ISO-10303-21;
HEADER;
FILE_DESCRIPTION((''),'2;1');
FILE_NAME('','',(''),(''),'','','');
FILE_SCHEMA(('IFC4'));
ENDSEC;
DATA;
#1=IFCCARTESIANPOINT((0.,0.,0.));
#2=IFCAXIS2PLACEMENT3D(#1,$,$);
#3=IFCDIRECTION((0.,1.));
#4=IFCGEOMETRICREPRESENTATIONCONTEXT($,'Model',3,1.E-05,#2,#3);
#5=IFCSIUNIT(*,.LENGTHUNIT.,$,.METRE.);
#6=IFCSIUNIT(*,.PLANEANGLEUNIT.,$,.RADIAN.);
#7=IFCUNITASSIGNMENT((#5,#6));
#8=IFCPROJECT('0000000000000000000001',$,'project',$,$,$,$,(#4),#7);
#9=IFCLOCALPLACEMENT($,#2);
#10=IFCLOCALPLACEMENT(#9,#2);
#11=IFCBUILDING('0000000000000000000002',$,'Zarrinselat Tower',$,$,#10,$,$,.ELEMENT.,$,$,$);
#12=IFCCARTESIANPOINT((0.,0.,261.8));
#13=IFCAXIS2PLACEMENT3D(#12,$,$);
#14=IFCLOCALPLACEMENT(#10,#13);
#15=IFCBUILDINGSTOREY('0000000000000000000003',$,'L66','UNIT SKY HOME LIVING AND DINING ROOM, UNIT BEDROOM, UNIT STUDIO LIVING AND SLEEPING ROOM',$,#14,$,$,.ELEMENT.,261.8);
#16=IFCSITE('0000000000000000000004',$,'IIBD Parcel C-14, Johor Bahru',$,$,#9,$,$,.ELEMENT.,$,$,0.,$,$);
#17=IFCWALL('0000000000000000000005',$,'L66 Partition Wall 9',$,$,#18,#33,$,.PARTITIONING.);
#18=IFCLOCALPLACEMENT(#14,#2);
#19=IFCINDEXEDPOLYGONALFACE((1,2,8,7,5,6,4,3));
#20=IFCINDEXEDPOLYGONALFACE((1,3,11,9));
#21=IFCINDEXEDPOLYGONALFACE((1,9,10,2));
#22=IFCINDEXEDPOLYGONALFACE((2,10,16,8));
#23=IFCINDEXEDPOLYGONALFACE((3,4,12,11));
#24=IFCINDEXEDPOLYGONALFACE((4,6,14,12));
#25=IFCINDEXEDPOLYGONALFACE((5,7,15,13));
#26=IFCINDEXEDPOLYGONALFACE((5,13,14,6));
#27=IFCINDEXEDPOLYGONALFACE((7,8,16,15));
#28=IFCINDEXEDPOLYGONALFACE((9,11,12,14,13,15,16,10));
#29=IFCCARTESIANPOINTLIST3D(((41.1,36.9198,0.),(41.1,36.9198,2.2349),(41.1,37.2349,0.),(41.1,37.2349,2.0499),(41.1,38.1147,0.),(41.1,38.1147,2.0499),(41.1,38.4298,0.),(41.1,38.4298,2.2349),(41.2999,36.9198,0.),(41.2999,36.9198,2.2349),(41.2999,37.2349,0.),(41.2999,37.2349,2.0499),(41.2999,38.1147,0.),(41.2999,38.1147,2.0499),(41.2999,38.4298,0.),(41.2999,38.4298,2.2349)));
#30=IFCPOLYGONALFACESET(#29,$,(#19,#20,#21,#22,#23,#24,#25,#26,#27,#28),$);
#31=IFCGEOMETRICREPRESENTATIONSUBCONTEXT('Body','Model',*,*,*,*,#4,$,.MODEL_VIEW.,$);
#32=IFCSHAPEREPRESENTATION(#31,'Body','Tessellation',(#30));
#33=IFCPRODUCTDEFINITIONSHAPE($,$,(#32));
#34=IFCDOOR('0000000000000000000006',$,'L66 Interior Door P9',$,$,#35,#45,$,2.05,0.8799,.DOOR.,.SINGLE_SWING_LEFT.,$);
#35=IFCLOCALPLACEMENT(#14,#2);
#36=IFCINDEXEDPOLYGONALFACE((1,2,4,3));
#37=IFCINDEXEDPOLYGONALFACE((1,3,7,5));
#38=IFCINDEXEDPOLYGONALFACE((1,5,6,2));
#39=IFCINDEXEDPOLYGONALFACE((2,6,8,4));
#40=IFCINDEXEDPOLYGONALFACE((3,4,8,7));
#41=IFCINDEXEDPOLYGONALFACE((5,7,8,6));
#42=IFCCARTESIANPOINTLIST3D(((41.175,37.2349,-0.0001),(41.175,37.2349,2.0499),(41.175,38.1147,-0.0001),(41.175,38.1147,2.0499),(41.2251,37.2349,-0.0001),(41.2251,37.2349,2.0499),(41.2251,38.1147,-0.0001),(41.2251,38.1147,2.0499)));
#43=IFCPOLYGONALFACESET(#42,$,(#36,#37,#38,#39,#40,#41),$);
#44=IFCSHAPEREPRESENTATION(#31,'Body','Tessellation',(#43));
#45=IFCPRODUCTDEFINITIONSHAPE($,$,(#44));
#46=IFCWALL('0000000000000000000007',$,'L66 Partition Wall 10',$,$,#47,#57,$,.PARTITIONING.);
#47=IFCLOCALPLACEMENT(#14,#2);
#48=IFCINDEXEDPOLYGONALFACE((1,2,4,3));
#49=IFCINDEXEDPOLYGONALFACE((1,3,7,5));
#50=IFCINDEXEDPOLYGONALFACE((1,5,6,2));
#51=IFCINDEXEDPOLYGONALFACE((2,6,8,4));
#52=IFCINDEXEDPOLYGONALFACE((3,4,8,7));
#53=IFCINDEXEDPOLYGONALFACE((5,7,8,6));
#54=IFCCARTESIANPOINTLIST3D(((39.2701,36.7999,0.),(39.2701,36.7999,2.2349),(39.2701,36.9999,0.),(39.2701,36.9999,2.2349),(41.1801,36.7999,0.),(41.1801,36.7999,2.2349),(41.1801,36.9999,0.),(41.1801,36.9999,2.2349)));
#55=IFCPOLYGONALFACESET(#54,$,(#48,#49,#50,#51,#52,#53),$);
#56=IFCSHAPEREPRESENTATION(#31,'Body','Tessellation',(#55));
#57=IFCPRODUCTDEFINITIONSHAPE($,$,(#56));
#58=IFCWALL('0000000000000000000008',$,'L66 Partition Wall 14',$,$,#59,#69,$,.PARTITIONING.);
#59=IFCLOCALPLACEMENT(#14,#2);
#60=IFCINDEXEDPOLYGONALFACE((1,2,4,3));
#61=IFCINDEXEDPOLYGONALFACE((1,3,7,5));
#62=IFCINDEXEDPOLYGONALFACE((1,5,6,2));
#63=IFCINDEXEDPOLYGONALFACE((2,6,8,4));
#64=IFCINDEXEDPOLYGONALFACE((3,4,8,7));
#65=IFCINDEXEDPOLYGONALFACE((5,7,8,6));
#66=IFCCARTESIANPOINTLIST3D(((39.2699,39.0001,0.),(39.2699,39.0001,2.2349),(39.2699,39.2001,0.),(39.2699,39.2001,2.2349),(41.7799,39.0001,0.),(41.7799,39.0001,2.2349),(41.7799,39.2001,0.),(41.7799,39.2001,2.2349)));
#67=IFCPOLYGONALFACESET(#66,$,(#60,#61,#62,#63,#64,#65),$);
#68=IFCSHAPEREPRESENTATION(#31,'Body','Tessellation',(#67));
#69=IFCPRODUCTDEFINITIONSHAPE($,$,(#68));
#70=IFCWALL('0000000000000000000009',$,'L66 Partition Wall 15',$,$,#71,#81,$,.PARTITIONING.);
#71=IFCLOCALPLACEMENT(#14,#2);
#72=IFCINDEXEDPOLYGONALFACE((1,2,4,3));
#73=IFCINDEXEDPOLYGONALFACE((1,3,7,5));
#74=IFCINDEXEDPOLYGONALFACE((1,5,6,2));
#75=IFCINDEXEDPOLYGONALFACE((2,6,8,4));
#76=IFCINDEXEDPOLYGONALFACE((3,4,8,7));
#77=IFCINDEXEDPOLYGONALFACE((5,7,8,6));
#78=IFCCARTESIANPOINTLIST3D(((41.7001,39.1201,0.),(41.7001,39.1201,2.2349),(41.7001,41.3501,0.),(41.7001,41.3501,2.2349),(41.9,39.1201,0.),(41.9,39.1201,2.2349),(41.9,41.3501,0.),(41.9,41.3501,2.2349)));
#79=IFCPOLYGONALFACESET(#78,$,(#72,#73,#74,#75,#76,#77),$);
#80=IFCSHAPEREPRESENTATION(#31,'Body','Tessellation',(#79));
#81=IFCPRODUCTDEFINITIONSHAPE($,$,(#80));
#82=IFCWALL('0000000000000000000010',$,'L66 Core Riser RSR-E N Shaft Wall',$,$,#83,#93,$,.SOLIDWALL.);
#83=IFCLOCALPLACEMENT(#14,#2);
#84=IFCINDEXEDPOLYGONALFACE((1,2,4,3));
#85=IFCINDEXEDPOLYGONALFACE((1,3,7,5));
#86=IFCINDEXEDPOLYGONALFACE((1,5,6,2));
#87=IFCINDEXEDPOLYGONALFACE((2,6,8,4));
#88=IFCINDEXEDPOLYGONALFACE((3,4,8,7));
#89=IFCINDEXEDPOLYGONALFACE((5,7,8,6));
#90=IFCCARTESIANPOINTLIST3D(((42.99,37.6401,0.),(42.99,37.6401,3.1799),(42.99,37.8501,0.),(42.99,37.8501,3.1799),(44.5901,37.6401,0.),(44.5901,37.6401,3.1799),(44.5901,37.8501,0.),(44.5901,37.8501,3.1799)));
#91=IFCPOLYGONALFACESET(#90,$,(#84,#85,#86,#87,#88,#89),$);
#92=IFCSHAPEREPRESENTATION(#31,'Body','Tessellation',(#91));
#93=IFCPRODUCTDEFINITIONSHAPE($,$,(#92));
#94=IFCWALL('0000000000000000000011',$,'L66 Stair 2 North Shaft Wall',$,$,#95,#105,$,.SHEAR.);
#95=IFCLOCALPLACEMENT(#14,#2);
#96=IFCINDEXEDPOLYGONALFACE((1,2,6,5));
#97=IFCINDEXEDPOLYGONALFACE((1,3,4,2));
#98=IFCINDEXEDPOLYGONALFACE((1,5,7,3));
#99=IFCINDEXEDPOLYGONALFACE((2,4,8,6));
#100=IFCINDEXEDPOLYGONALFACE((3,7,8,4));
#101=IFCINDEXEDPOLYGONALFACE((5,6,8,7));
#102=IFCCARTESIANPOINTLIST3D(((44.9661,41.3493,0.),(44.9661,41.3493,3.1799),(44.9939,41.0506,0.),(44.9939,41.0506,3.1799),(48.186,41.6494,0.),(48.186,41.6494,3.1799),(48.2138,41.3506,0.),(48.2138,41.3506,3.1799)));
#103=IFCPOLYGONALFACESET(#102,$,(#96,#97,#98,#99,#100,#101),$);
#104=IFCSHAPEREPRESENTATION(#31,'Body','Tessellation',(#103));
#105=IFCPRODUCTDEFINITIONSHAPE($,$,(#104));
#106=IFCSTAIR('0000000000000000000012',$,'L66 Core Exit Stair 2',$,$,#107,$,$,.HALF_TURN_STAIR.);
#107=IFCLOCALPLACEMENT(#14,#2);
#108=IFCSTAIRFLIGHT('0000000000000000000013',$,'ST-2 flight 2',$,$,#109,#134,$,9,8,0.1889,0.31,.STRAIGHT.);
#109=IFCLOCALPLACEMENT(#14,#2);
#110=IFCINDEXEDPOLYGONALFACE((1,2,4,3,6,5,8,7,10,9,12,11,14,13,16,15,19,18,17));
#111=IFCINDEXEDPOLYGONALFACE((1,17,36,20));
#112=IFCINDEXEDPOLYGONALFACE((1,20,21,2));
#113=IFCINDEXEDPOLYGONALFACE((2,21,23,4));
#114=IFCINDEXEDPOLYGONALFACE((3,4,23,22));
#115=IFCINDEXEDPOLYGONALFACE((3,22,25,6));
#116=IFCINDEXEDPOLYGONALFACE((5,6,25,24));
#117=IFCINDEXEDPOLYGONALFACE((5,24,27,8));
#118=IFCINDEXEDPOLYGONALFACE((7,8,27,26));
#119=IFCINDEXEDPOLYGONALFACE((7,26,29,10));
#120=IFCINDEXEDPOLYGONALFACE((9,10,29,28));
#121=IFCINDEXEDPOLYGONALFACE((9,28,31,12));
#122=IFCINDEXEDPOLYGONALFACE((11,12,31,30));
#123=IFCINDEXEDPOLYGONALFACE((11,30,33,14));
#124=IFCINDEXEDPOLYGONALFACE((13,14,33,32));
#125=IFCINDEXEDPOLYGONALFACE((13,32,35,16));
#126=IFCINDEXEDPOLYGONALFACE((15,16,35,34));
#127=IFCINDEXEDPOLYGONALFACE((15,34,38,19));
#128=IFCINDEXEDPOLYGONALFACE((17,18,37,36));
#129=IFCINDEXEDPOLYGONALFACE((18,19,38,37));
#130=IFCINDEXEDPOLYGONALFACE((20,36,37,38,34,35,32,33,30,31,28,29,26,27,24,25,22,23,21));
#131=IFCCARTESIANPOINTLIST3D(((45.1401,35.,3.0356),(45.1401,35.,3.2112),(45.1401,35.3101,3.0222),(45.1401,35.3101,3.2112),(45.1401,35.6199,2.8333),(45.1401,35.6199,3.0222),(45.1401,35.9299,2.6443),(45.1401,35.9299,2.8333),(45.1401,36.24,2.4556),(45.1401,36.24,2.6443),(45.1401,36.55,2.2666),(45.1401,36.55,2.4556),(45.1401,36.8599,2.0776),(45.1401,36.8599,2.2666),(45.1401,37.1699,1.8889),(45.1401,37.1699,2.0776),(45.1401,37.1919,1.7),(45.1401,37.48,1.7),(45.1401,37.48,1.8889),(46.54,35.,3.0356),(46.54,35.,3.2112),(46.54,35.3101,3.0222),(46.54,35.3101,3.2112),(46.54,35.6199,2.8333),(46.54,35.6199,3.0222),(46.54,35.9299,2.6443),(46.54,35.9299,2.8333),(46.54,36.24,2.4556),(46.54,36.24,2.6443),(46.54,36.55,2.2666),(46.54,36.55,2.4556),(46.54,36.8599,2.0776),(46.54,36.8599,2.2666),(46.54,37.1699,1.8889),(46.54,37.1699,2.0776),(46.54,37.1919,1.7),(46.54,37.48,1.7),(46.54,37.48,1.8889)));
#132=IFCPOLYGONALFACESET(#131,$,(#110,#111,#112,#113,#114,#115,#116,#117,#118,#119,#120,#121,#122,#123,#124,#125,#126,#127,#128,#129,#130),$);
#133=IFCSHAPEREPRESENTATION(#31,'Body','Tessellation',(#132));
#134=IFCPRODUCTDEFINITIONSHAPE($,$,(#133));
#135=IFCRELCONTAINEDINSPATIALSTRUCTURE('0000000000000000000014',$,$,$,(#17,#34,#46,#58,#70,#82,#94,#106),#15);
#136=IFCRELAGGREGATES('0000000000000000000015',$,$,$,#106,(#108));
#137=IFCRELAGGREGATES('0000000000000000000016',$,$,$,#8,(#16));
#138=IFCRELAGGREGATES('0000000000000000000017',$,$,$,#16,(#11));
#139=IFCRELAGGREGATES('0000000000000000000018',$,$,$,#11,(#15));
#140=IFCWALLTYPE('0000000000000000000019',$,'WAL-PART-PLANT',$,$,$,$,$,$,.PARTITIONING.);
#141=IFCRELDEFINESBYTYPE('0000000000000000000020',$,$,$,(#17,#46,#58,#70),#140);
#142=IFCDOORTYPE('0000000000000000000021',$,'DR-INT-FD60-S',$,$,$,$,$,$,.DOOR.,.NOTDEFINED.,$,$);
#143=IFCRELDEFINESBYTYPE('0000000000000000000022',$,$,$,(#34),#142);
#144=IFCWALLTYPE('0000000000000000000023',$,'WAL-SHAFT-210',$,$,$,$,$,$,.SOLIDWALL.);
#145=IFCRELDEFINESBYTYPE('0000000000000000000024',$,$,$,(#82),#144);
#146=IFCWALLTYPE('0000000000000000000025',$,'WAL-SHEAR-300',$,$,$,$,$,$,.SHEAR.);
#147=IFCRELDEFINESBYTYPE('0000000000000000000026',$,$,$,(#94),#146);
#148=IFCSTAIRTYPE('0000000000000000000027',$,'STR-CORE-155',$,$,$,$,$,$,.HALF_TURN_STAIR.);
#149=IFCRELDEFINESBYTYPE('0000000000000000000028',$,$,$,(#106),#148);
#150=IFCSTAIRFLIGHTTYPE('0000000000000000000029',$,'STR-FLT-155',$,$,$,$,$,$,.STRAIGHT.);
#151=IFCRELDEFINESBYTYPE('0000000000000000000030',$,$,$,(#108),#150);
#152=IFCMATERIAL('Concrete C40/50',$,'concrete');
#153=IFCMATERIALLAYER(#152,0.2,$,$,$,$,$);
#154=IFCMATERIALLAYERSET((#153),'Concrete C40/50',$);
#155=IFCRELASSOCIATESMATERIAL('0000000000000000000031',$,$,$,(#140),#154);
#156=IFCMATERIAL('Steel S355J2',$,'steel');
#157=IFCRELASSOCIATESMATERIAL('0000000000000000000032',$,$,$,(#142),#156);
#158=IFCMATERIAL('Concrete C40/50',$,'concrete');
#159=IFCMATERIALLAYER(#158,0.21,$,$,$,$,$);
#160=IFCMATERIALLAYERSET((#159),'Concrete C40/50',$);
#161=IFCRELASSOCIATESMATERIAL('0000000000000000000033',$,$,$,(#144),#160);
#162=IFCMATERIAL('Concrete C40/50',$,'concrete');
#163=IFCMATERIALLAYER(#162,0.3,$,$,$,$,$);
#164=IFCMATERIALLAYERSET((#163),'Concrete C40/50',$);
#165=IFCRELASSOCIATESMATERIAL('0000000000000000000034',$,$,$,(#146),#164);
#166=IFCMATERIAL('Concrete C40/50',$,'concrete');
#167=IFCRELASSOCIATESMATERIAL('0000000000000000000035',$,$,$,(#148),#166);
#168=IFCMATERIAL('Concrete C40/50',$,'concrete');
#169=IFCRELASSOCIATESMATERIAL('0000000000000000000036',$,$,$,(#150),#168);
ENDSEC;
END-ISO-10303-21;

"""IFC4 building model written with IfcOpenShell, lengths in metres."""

from ifc_helpers import new_model, si_unit, direction, frame, frame_2d, origin, place, context, subcontext, project, spatial, polyline, rectangle, outline, extrude, material, layer, layer_set, type_object, element, fill, aggregate, save


model = new_model("IFC4")

# Units and contexts
model_context = context("Model", 3, precision=1e-05, world=origin(), true_north=direction((0.0, 1.0)))
body_context = subcontext(model_context, "Body", "Model", "MODEL_VIEW")
ifc_project = project(units=[si_unit("LENGTHUNIT", "METRE"), si_unit("PLANEANGLEUNIT", "RADIAN")], contexts=[model_context])

# Site, building, storey
site_placement = place(None, origin())
site = spatial("IfcSite", under=ifc_project, at=site_placement, Name="IIBD Parcel C-14, Johor Bahru", CompositionType="ELEMENT", RefElevation=0.0)
building_placement = place(site_placement, origin())
building = spatial("IfcBuilding", under=site, at=building_placement, Name="Zarrinselat Tower", CompositionType="ELEMENT")
storey_placement = place(building_placement, frame((0.0, 0.0, 261.8)))
storey = spatial("IfcBuildingStorey", under=building, at=storey_placement, Name="L66", Description="UNIT SKY HOME LIVING AND DINING ROOM, UNIT BEDROOM, UNIT STUDIO LIVING AND SLEEPING ROOM", CompositionType="ELEMENT", Elevation=261.8)

# Shared definitions
ifc_material_1 = material(Name="Concrete C40/50", Category="concrete")
ifc_layer_1 = layer(ifc_material_1, 0.2)
ifc_layer_set_1 = layer_set([ifc_layer_1], Name="Concrete C40/50")
wall_type_1 = type_object("IfcWallType", Name="WAL-PART-PLANT", PredefinedType="PARTITIONING", material=ifc_layer_set_1)

# Wall, opening, door
wall_1_placement = place(storey_placement, frame((41.2, 36.9199, 0.0), z_axis=(0.0, 0.0, 1.0), x_axis=(0.0, 1.0, 0.0)))
wall_1 = element("IfcWall", 1, at=wall_1_placement, inside=storey, type_object=wall_type_1, Name="L66 Partition Wall 9", PredefinedType="PARTITIONING", context=body_context, shape_type="SweptSolid", body=[
    extrude(rectangle(XDim=1.51, YDim=0.2, at=frame_2d((0.7549, 0.0))), origin(), (0.0, 0.0, 1.0), 2.2349),
])
opening_1_placement = place(wall_1_placement, frame((0.3149, 0.0, 0.0)))
opening_1 = element("IfcOpeningElement", 2, at=opening_1_placement, cuts=wall_1, PredefinedType="OPENING", context=body_context, shape_type="SweptSolid", body=[
    extrude(rectangle(XDim=0.8799, YDim=2.05, at=frame_2d((0.4399, 1.0249))), frame((0.0, 0.1099, 0.0), z_axis=(0.0, -1.0, 0.0), x_axis=(1.0, 0.0, 0.0)), (0.0, 0.0, 1.0), 0.22),
])
ifc_material_2 = material(Name="Steel S355J2", Category="steel")
door_type_1 = type_object("IfcDoorType", Name="DR-INT-FD60-S", OperationType="NOTDEFINED", PredefinedType="DOOR", material=ifc_material_2)
door_1_placement = place(opening_1_placement, origin())
door_1 = element("IfcDoor", 3, at=door_1_placement, inside=storey, type_object=door_type_1, Name="L66 Interior Door P9", OperationType="SINGLE_SWING_LEFT", OverallHeight=2.05, OverallWidth=0.8799, PredefinedType="DOOR", context=body_context, shape_type="SweptSolid", body=[
    extrude(rectangle(XDim=0.8799, YDim=2.05, at=frame_2d((0.4399, 1.0249))), frame((0.0, 0.0249, 0.0), z_axis=(0.0, -1.0, 0.0), x_axis=(1.0, 0.0, 0.0)), (0.0, 0.0, 1.0), 0.05),
])
fill(opening_1, door_1)

# Walls
wall_2_placement = place(storey_placement, frame((39.27, 36.8999, 0.0), z_axis=(0.0, 0.0, 1.0), x_axis=(1.0, 0.0, 0.0)))
element("IfcWall", 4, at=wall_2_placement, inside=storey, type_object=wall_type_1, Name="L66 Partition Wall 10", PredefinedType="PARTITIONING", context=body_context, shape_type="SweptSolid", body=[
    extrude(rectangle(XDim=1.9099, YDim=0.2, at=frame_2d((0.9551, 0.0))), origin(), (0.0, 0.0, 1.0), 2.2349),
])
wall_3_placement = place(storey_placement, frame((39.27, 39.1001, 0.0), z_axis=(0.0, 0.0, 1.0), x_axis=(1.0, 0.0, 0.0)))
element("IfcWall", 5, at=wall_3_placement, inside=storey, type_object=wall_type_1, Name="L66 Partition Wall 14", PredefinedType="PARTITIONING", context=body_context, shape_type="SweptSolid", body=[
    extrude(rectangle(XDim=2.51, YDim=0.2, at=frame_2d((1.2549, 0.0))), origin(), (0.0, 0.0, 1.0), 2.2349),
])
wall_4_placement = place(storey_placement, frame((41.8, 39.1201, 0.0), z_axis=(0.0, 0.0, 1.0), x_axis=(0.0, 1.0, 0.0)))
element("IfcWall", 6, at=wall_4_placement, inside=storey, type_object=wall_type_1, Name="L66 Partition Wall 15", PredefinedType="PARTITIONING", context=body_context, shape_type="SweptSolid", body=[
    extrude(rectangle(XDim=2.23, YDim=0.2, at=frame_2d((1.115, 0.0))), origin(), (0.0, 0.0, 1.0), 2.2349),
])
ifc_material_3 = material(Name="Concrete C40/50", Category="concrete")
ifc_layer_2 = layer(ifc_material_3, 0.21)
ifc_layer_set_2 = layer_set([ifc_layer_2], Name="Concrete C40/50")
wall_type_2 = type_object("IfcWallType", Name="WAL-SHAFT-210", PredefinedType="SOLIDWALL", material=ifc_layer_set_2)
wall_5_placement = place(storey_placement, frame((42.99, 37.7451, 0.0), z_axis=(0.0, 0.0, 1.0), x_axis=(1.0, 0.0, 0.0)))
element("IfcWall", 7, at=wall_5_placement, inside=storey, type_object=wall_type_2, Name="L66 Core Riser RSR-E N Shaft Wall", PredefinedType="SOLIDWALL", context=body_context, shape_type="SweptSolid", body=[
    extrude(rectangle(XDim=1.6001, YDim=0.21, at=frame_2d((0.8, 0.0))), origin(), (0.0, 0.0, 1.0), 3.1799),
])
ifc_material_4 = material(Name="Concrete C40/50", Category="concrete")
ifc_layer_3 = layer(ifc_material_4, 0.3)
ifc_layer_set_3 = layer_set([ifc_layer_3], Name="Concrete C40/50")
wall_type_3 = type_object("IfcWallType", Name="WAL-SHEAR-300", PredefinedType="SHEAR", material=ifc_layer_set_3)
wall_6_placement = place(storey_placement, frame((44.98, 41.2, 0.0), z_axis=(0.0, 0.0, 1.0), x_axis=(0.995686, 0.092782, 0.0)))
element("IfcWall", 8, at=wall_6_placement, inside=storey, type_object=wall_type_3, Name="L66 Stair 2 North Shaft Wall", PredefinedType="SHEAR", context=body_context, shape_type="SweptSolid", body=[
    extrude(rectangle(XDim=3.2339, YDim=0.3, at=frame_2d((1.6169, 0.0))), origin(), (0.0, 0.0, 1.0), 3.1799),
])

# Stair, stair flight
ifc_material_5 = material(Name="Concrete C40/50", Category="concrete")
stair_type = type_object("IfcStairType", Name="STR-CORE-155", PredefinedType="HALF_TURN_STAIR", material=ifc_material_5)
stair_placement = place(storey_placement, origin())
stair = element("IfcStair", 9, at=stair_placement, inside=storey, type_object=stair_type, Name="L66 Core Exit Stair 2", PredefinedType="HALF_TURN_STAIR")
ifc_material_6 = material(Name="Concrete C40/50", Category="concrete")
stair_flight_type = type_object("IfcStairFlightType", Name="STR-FLT-155", PredefinedType="STRAIGHT", material=ifc_material_6)
stair_flight_placement = place(storey_placement, frame((45.8401, 37.48, 1.7), z_axis=(0.0, 0.0, 1.0), x_axis=(0.0, -1.0, 0.0)))
stair_flight = element("IfcStairFlight", 10, at=stair_flight_placement, type_object=stair_flight_type, Name="ST-2 flight 2", NumberOfRisers=9, NumberOfTreads=8, PredefinedType="STRAIGHT", RiserHeight=0.1889, TreadLength=0.31, context=body_context, shape_type="SweptSolid", body=[
    extrude(outline(polyline([(0.0, 0.0), (0.0, 0.189), (0.3101, 0.189), (0.3101, 0.3777), (0.6201, 0.3777), (0.6201, 0.5667), (0.9299, 0.5667), (0.9299, 0.7556), (1.24, 0.7556), (1.24, 0.9443), (1.55, 0.9443), (1.55, 1.1333), (1.8601, 1.1333), (1.8601, 1.3223), (2.1699, 1.3223), (2.1699, 1.5112), (2.48, 1.5112), (2.48, 1.7), (2.48, 1.3357), (0.2881, 0.0), (0.0, 0.0)])), frame((0.0, 0.7, 0.0), z_axis=(0.0, -1.0, 0.0), x_axis=(1.0, 0.0, 0.0)), (0.0, 0.0, 1.0), 1.3999),
])
aggregate(stair, [stair_flight])

save(model, "model.ifc")
